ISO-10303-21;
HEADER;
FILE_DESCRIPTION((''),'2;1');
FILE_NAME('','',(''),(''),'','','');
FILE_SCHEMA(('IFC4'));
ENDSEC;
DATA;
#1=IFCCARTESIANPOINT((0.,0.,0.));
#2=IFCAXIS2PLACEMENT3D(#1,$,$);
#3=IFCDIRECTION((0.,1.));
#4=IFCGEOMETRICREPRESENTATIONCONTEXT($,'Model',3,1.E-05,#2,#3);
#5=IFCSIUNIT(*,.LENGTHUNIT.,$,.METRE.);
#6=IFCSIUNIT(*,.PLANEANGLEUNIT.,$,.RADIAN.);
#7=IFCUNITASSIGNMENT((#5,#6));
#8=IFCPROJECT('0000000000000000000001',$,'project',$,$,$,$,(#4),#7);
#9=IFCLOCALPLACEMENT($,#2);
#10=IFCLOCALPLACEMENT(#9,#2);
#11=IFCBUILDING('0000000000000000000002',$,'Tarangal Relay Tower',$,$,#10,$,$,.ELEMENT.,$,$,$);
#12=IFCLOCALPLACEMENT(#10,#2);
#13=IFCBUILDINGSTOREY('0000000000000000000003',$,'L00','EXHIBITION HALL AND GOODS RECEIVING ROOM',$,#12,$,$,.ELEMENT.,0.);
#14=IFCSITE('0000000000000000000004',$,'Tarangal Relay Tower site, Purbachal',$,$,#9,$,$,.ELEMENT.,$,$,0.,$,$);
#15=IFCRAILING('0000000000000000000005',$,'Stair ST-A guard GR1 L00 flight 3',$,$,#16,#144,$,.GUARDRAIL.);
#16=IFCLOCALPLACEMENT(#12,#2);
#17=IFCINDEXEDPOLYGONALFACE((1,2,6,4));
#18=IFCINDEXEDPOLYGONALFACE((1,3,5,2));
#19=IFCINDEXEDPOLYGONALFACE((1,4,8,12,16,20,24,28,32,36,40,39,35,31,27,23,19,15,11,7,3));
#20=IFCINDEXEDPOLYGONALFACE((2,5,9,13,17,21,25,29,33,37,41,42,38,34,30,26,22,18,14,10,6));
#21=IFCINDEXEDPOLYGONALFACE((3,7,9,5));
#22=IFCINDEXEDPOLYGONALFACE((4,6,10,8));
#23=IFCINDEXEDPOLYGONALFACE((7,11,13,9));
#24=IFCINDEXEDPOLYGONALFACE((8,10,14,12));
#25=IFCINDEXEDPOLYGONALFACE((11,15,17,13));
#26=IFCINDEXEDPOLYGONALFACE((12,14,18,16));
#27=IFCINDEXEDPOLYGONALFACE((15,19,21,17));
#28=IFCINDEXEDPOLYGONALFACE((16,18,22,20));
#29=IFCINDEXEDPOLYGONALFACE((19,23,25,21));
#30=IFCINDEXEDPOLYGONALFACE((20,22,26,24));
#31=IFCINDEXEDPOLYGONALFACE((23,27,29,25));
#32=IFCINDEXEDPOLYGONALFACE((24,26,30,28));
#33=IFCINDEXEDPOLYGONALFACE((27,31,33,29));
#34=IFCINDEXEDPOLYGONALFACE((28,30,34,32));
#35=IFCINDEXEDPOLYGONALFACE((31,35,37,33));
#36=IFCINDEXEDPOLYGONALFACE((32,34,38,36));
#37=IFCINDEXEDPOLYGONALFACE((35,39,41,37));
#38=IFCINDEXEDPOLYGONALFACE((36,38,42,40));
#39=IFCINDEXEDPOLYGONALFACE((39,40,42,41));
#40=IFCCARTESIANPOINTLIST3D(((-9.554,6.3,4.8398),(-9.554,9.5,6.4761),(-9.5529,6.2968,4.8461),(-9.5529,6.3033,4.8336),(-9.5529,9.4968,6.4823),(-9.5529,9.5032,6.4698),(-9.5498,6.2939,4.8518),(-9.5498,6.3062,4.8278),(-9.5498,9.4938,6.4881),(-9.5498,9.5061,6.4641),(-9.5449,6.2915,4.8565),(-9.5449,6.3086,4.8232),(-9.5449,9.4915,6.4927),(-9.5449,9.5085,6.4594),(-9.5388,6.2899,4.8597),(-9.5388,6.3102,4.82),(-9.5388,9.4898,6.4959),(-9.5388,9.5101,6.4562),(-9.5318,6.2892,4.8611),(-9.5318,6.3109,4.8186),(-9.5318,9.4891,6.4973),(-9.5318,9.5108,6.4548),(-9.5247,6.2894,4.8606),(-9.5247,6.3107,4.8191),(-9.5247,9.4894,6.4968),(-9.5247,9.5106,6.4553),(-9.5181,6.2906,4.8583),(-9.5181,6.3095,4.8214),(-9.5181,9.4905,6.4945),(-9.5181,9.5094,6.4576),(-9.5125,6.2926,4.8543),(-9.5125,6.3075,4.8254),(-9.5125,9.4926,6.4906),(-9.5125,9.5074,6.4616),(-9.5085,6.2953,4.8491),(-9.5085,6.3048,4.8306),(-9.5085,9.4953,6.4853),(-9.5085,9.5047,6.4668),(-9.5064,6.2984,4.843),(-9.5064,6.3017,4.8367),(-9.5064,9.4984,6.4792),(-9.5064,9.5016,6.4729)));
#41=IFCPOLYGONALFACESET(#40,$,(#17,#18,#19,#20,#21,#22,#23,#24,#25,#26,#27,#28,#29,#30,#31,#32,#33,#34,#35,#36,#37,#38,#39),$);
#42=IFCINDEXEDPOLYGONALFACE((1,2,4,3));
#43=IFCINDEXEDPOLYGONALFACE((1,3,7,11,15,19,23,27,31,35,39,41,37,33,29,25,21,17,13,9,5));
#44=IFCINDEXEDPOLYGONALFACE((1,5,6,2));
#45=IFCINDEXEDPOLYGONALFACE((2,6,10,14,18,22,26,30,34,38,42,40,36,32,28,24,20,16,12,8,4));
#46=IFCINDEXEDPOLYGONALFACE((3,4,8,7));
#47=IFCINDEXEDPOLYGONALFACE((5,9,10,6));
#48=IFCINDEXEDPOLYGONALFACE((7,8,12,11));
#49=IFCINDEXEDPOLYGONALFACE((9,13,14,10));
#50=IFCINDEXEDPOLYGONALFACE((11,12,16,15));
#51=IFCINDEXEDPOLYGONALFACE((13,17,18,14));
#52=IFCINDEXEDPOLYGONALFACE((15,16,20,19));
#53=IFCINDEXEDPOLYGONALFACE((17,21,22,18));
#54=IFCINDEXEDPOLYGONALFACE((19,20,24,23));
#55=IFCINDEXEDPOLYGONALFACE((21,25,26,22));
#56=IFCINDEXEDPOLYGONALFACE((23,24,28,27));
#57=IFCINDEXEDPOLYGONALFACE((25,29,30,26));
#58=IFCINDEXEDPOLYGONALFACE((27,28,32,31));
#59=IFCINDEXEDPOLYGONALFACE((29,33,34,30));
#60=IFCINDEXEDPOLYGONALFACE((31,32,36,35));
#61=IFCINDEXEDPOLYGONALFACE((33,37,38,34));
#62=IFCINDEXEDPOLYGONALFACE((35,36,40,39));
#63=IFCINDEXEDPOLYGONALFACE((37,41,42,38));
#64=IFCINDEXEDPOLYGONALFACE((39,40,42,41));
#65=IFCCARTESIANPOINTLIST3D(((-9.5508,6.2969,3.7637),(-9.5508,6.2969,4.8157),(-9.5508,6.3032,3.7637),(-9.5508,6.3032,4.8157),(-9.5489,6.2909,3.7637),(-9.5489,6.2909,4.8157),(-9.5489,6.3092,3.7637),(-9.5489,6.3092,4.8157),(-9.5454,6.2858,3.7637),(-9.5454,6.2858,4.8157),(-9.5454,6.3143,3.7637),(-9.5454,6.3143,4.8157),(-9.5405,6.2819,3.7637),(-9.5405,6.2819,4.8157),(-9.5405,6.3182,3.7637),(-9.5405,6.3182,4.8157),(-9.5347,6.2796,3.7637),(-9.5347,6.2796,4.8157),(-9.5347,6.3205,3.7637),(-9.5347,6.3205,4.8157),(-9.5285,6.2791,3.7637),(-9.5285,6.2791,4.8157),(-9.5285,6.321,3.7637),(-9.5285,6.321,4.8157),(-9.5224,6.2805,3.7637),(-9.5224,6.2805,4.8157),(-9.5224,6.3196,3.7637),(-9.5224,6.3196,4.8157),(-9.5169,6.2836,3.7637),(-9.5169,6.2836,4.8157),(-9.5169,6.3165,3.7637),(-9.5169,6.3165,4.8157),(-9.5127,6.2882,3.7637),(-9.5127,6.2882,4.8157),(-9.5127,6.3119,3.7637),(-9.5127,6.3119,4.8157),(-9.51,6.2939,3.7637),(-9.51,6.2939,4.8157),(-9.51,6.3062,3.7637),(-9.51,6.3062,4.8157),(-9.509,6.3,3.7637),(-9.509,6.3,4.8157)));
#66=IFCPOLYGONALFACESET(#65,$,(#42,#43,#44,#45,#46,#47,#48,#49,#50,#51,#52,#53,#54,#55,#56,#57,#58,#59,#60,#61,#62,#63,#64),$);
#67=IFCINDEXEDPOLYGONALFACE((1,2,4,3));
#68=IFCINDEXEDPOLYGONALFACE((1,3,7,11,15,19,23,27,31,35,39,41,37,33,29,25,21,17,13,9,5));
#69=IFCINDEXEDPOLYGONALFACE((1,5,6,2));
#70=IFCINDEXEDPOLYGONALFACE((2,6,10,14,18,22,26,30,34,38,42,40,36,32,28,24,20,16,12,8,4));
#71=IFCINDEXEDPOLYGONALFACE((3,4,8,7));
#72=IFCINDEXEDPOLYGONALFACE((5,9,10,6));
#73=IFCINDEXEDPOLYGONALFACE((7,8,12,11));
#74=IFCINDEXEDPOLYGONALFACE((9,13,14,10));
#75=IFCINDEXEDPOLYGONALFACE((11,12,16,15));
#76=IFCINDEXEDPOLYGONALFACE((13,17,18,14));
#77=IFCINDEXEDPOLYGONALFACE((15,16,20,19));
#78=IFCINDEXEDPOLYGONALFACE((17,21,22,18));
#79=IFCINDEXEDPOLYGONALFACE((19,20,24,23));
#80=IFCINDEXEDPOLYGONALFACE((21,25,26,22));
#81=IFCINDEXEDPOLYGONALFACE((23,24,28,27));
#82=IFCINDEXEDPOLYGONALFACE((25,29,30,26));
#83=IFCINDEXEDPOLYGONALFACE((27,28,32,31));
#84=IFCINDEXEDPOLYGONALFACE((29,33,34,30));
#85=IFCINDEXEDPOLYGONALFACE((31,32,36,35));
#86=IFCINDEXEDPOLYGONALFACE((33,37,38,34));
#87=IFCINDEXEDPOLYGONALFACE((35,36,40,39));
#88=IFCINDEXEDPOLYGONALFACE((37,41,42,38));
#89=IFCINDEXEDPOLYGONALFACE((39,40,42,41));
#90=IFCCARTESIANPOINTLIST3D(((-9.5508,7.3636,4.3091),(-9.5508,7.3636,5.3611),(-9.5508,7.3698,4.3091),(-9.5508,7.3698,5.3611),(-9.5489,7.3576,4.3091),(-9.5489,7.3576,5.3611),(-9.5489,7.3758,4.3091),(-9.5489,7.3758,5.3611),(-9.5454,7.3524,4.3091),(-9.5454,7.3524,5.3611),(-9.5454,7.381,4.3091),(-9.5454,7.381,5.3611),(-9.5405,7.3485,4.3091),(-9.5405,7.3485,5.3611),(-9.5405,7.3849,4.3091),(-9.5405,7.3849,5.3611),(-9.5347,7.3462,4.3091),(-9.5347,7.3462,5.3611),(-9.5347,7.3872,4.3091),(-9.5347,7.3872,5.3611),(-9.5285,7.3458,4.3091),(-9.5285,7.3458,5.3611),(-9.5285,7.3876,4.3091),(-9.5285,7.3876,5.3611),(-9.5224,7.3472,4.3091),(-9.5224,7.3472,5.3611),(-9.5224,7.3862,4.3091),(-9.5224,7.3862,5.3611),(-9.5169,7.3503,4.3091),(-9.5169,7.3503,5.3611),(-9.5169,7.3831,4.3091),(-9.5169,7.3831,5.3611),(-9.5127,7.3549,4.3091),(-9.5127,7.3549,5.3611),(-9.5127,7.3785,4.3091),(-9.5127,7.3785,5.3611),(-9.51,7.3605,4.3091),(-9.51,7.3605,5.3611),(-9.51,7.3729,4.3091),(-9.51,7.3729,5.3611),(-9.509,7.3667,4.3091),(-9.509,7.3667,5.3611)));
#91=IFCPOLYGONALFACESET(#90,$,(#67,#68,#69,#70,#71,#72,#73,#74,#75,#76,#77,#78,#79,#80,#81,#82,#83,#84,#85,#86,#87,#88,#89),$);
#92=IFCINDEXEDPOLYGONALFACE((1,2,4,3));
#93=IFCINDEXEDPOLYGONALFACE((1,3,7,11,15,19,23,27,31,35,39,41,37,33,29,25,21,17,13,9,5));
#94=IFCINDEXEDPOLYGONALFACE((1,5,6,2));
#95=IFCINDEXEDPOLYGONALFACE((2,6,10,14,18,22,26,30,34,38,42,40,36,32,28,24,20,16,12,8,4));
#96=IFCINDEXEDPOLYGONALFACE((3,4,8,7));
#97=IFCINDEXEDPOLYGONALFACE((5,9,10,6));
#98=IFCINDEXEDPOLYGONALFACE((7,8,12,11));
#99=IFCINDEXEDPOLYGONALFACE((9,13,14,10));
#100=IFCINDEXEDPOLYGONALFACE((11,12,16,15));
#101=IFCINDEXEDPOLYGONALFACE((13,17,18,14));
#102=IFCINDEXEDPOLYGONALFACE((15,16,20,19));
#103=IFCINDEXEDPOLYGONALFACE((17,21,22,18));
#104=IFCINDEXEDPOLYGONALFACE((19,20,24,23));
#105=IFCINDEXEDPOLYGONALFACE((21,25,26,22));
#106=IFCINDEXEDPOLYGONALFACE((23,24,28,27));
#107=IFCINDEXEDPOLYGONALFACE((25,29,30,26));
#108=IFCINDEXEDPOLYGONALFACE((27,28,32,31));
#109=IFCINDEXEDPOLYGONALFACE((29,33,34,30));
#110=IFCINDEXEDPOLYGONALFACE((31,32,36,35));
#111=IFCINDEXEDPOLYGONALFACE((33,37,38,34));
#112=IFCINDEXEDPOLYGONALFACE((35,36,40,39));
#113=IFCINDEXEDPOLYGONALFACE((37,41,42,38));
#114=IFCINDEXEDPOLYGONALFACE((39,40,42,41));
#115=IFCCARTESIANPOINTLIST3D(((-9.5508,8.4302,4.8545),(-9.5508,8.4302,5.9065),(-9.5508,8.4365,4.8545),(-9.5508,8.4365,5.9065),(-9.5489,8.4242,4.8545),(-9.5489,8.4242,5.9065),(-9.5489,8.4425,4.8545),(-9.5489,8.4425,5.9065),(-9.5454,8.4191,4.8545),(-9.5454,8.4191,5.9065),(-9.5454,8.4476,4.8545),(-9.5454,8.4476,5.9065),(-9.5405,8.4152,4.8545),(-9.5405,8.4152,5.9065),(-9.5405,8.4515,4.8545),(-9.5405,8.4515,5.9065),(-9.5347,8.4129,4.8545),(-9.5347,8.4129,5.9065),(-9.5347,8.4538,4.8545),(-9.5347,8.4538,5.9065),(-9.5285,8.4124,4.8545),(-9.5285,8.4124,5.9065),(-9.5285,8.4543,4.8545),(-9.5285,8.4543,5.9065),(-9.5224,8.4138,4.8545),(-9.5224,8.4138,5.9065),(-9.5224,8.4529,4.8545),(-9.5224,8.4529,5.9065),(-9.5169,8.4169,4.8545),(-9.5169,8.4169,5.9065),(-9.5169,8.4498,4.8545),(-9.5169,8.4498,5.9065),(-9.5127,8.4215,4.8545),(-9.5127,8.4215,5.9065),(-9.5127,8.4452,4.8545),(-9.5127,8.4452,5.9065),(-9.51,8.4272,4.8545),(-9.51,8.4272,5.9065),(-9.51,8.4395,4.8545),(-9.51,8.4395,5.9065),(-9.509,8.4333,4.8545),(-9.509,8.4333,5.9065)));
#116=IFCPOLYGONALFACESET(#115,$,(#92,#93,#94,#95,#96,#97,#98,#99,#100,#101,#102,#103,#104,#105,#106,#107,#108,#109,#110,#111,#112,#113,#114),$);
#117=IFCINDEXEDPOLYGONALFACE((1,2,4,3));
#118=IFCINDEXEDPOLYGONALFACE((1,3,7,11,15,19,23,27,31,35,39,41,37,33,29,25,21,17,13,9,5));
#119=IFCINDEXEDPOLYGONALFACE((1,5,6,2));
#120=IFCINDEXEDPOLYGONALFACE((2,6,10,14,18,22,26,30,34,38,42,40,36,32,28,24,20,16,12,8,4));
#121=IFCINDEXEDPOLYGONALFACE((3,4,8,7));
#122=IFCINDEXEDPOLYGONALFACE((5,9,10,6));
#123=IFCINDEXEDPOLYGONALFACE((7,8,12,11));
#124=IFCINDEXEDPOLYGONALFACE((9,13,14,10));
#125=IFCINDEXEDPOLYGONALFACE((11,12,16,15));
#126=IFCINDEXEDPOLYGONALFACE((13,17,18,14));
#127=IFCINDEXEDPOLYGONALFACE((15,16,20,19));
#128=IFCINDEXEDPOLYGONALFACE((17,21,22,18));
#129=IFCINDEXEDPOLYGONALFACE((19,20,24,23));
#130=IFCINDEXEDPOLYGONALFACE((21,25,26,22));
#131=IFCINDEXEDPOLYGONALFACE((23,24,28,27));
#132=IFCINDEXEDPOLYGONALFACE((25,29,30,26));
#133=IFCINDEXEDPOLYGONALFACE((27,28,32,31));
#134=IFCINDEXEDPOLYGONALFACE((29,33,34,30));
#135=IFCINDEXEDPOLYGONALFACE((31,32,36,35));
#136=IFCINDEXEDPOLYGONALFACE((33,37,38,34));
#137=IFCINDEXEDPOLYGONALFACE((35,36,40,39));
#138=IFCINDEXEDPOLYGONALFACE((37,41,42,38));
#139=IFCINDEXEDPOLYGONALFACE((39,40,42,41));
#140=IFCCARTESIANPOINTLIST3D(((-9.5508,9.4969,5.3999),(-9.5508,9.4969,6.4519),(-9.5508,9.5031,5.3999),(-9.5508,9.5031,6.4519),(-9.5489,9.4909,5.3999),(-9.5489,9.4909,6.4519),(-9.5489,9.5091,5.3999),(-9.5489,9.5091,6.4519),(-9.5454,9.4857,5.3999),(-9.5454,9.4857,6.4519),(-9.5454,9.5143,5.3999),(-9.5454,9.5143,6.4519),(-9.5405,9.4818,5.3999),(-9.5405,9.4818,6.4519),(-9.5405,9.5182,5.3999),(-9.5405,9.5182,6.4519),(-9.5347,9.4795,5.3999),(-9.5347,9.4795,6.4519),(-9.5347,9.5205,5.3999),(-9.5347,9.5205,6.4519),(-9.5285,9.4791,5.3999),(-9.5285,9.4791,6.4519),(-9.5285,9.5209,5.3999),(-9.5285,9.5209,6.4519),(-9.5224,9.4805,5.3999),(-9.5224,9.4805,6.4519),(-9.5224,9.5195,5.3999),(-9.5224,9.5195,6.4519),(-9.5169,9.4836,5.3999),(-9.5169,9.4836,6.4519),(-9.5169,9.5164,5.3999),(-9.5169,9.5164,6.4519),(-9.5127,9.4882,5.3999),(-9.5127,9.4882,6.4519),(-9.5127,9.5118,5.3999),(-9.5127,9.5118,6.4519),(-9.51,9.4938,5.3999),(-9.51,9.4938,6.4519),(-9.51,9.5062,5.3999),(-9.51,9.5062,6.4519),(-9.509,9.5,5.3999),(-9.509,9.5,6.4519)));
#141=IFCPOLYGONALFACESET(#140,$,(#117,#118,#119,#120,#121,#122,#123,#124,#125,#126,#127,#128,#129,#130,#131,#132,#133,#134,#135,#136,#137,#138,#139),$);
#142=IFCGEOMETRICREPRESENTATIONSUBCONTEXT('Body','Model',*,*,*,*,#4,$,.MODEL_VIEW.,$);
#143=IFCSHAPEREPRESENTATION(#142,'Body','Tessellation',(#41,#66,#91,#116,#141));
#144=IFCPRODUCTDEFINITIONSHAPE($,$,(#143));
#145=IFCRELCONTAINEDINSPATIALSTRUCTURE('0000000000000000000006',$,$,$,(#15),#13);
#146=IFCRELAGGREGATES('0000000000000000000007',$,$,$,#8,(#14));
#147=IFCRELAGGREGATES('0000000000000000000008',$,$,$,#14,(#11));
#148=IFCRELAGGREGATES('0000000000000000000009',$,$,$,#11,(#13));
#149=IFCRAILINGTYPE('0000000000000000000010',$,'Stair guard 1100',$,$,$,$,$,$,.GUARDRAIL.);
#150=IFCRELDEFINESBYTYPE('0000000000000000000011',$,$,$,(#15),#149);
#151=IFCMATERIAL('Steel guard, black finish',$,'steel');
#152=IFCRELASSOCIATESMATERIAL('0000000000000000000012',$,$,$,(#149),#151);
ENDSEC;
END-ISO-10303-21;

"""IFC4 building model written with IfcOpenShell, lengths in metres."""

from ifc_helpers import new_model, si_unit, direction, frame, origin, origin_2d, place, context, subcontext, project, spatial, circle, extrude, material, type_object, element, save


model = new_model("IFC4")

# Units and contexts
model_context = context("Model", 3, precision=1e-05, world=origin(), true_north=direction((0.0, 1.0)))
body_context = subcontext(model_context, "Body", "Model", "MODEL_VIEW")
ifc_project = project(units=[si_unit("LENGTHUNIT", "METRE"), si_unit("PLANEANGLEUNIT", "RADIAN")], contexts=[model_context])

# Site, building, storey
site_placement = place(None, origin())
site = spatial("IfcSite", under=ifc_project, at=site_placement, Name="Tarangal Relay Tower site, Purbachal", CompositionType="ELEMENT", RefElevation=0.0)
building_placement = place(site_placement, origin())
building = spatial("IfcBuilding", under=site, at=building_placement, Name="Tarangal Relay Tower", CompositionType="ELEMENT")
storey_placement = place(building_placement, origin())
storey = spatial("IfcBuildingStorey", under=building, at=storey_placement, Name="L00", Description="EXHIBITION HALL AND GOODS RECEIVING ROOM", CompositionType="ELEMENT", Elevation=0.0)

# Railing
ifc_material_1 = material(Name="Steel guard, black finish", Category="steel")
railing_type_1 = type_object("IfcRailingType", Name="Stair guard 1100", PredefinedType="GUARDRAIL", material=ifc_material_1)
railing_1_placement = place(storey_placement, frame((-9.53, 6.3, 3.7637)))
element("IfcRailing", 1, at=railing_1_placement, inside=storey, type_object=railing_type_1, Name="Stair ST-A guard GR1 L00 flight 3", PredefinedType="GUARDRAIL", context=body_context, shape_type="SweptSolid", body=[
    extrude(circle(Radius=0.0239, at=origin_2d()), frame((0.0, 0.0, 1.0762), z_axis=(0.0, 0.890356, 0.455265), x_axis=(-1.0, 0.0, 0.0)), (0.0, 0.0, 1.0), 3.594),
    extrude(circle(Radius=0.021, at=origin_2d()), origin(), (0.0, 0.0, 1.0), 1.052),
    extrude(circle(Radius=0.021, at=origin_2d()), frame((0.0, 1.0667, 0.5454)), (0.0, 0.0, 1.0), 1.052),
    extrude(circle(Radius=0.021, at=origin_2d()), frame((0.0, 2.1333, 1.0908)), (0.0, 0.0, 1.0), 1.052),
    extrude(circle(Radius=0.021, at=origin_2d()), frame((0.0, 3.2, 1.6362)), (0.0, 0.0, 1.0), 1.052),
])

save(model, "model.ifc")
